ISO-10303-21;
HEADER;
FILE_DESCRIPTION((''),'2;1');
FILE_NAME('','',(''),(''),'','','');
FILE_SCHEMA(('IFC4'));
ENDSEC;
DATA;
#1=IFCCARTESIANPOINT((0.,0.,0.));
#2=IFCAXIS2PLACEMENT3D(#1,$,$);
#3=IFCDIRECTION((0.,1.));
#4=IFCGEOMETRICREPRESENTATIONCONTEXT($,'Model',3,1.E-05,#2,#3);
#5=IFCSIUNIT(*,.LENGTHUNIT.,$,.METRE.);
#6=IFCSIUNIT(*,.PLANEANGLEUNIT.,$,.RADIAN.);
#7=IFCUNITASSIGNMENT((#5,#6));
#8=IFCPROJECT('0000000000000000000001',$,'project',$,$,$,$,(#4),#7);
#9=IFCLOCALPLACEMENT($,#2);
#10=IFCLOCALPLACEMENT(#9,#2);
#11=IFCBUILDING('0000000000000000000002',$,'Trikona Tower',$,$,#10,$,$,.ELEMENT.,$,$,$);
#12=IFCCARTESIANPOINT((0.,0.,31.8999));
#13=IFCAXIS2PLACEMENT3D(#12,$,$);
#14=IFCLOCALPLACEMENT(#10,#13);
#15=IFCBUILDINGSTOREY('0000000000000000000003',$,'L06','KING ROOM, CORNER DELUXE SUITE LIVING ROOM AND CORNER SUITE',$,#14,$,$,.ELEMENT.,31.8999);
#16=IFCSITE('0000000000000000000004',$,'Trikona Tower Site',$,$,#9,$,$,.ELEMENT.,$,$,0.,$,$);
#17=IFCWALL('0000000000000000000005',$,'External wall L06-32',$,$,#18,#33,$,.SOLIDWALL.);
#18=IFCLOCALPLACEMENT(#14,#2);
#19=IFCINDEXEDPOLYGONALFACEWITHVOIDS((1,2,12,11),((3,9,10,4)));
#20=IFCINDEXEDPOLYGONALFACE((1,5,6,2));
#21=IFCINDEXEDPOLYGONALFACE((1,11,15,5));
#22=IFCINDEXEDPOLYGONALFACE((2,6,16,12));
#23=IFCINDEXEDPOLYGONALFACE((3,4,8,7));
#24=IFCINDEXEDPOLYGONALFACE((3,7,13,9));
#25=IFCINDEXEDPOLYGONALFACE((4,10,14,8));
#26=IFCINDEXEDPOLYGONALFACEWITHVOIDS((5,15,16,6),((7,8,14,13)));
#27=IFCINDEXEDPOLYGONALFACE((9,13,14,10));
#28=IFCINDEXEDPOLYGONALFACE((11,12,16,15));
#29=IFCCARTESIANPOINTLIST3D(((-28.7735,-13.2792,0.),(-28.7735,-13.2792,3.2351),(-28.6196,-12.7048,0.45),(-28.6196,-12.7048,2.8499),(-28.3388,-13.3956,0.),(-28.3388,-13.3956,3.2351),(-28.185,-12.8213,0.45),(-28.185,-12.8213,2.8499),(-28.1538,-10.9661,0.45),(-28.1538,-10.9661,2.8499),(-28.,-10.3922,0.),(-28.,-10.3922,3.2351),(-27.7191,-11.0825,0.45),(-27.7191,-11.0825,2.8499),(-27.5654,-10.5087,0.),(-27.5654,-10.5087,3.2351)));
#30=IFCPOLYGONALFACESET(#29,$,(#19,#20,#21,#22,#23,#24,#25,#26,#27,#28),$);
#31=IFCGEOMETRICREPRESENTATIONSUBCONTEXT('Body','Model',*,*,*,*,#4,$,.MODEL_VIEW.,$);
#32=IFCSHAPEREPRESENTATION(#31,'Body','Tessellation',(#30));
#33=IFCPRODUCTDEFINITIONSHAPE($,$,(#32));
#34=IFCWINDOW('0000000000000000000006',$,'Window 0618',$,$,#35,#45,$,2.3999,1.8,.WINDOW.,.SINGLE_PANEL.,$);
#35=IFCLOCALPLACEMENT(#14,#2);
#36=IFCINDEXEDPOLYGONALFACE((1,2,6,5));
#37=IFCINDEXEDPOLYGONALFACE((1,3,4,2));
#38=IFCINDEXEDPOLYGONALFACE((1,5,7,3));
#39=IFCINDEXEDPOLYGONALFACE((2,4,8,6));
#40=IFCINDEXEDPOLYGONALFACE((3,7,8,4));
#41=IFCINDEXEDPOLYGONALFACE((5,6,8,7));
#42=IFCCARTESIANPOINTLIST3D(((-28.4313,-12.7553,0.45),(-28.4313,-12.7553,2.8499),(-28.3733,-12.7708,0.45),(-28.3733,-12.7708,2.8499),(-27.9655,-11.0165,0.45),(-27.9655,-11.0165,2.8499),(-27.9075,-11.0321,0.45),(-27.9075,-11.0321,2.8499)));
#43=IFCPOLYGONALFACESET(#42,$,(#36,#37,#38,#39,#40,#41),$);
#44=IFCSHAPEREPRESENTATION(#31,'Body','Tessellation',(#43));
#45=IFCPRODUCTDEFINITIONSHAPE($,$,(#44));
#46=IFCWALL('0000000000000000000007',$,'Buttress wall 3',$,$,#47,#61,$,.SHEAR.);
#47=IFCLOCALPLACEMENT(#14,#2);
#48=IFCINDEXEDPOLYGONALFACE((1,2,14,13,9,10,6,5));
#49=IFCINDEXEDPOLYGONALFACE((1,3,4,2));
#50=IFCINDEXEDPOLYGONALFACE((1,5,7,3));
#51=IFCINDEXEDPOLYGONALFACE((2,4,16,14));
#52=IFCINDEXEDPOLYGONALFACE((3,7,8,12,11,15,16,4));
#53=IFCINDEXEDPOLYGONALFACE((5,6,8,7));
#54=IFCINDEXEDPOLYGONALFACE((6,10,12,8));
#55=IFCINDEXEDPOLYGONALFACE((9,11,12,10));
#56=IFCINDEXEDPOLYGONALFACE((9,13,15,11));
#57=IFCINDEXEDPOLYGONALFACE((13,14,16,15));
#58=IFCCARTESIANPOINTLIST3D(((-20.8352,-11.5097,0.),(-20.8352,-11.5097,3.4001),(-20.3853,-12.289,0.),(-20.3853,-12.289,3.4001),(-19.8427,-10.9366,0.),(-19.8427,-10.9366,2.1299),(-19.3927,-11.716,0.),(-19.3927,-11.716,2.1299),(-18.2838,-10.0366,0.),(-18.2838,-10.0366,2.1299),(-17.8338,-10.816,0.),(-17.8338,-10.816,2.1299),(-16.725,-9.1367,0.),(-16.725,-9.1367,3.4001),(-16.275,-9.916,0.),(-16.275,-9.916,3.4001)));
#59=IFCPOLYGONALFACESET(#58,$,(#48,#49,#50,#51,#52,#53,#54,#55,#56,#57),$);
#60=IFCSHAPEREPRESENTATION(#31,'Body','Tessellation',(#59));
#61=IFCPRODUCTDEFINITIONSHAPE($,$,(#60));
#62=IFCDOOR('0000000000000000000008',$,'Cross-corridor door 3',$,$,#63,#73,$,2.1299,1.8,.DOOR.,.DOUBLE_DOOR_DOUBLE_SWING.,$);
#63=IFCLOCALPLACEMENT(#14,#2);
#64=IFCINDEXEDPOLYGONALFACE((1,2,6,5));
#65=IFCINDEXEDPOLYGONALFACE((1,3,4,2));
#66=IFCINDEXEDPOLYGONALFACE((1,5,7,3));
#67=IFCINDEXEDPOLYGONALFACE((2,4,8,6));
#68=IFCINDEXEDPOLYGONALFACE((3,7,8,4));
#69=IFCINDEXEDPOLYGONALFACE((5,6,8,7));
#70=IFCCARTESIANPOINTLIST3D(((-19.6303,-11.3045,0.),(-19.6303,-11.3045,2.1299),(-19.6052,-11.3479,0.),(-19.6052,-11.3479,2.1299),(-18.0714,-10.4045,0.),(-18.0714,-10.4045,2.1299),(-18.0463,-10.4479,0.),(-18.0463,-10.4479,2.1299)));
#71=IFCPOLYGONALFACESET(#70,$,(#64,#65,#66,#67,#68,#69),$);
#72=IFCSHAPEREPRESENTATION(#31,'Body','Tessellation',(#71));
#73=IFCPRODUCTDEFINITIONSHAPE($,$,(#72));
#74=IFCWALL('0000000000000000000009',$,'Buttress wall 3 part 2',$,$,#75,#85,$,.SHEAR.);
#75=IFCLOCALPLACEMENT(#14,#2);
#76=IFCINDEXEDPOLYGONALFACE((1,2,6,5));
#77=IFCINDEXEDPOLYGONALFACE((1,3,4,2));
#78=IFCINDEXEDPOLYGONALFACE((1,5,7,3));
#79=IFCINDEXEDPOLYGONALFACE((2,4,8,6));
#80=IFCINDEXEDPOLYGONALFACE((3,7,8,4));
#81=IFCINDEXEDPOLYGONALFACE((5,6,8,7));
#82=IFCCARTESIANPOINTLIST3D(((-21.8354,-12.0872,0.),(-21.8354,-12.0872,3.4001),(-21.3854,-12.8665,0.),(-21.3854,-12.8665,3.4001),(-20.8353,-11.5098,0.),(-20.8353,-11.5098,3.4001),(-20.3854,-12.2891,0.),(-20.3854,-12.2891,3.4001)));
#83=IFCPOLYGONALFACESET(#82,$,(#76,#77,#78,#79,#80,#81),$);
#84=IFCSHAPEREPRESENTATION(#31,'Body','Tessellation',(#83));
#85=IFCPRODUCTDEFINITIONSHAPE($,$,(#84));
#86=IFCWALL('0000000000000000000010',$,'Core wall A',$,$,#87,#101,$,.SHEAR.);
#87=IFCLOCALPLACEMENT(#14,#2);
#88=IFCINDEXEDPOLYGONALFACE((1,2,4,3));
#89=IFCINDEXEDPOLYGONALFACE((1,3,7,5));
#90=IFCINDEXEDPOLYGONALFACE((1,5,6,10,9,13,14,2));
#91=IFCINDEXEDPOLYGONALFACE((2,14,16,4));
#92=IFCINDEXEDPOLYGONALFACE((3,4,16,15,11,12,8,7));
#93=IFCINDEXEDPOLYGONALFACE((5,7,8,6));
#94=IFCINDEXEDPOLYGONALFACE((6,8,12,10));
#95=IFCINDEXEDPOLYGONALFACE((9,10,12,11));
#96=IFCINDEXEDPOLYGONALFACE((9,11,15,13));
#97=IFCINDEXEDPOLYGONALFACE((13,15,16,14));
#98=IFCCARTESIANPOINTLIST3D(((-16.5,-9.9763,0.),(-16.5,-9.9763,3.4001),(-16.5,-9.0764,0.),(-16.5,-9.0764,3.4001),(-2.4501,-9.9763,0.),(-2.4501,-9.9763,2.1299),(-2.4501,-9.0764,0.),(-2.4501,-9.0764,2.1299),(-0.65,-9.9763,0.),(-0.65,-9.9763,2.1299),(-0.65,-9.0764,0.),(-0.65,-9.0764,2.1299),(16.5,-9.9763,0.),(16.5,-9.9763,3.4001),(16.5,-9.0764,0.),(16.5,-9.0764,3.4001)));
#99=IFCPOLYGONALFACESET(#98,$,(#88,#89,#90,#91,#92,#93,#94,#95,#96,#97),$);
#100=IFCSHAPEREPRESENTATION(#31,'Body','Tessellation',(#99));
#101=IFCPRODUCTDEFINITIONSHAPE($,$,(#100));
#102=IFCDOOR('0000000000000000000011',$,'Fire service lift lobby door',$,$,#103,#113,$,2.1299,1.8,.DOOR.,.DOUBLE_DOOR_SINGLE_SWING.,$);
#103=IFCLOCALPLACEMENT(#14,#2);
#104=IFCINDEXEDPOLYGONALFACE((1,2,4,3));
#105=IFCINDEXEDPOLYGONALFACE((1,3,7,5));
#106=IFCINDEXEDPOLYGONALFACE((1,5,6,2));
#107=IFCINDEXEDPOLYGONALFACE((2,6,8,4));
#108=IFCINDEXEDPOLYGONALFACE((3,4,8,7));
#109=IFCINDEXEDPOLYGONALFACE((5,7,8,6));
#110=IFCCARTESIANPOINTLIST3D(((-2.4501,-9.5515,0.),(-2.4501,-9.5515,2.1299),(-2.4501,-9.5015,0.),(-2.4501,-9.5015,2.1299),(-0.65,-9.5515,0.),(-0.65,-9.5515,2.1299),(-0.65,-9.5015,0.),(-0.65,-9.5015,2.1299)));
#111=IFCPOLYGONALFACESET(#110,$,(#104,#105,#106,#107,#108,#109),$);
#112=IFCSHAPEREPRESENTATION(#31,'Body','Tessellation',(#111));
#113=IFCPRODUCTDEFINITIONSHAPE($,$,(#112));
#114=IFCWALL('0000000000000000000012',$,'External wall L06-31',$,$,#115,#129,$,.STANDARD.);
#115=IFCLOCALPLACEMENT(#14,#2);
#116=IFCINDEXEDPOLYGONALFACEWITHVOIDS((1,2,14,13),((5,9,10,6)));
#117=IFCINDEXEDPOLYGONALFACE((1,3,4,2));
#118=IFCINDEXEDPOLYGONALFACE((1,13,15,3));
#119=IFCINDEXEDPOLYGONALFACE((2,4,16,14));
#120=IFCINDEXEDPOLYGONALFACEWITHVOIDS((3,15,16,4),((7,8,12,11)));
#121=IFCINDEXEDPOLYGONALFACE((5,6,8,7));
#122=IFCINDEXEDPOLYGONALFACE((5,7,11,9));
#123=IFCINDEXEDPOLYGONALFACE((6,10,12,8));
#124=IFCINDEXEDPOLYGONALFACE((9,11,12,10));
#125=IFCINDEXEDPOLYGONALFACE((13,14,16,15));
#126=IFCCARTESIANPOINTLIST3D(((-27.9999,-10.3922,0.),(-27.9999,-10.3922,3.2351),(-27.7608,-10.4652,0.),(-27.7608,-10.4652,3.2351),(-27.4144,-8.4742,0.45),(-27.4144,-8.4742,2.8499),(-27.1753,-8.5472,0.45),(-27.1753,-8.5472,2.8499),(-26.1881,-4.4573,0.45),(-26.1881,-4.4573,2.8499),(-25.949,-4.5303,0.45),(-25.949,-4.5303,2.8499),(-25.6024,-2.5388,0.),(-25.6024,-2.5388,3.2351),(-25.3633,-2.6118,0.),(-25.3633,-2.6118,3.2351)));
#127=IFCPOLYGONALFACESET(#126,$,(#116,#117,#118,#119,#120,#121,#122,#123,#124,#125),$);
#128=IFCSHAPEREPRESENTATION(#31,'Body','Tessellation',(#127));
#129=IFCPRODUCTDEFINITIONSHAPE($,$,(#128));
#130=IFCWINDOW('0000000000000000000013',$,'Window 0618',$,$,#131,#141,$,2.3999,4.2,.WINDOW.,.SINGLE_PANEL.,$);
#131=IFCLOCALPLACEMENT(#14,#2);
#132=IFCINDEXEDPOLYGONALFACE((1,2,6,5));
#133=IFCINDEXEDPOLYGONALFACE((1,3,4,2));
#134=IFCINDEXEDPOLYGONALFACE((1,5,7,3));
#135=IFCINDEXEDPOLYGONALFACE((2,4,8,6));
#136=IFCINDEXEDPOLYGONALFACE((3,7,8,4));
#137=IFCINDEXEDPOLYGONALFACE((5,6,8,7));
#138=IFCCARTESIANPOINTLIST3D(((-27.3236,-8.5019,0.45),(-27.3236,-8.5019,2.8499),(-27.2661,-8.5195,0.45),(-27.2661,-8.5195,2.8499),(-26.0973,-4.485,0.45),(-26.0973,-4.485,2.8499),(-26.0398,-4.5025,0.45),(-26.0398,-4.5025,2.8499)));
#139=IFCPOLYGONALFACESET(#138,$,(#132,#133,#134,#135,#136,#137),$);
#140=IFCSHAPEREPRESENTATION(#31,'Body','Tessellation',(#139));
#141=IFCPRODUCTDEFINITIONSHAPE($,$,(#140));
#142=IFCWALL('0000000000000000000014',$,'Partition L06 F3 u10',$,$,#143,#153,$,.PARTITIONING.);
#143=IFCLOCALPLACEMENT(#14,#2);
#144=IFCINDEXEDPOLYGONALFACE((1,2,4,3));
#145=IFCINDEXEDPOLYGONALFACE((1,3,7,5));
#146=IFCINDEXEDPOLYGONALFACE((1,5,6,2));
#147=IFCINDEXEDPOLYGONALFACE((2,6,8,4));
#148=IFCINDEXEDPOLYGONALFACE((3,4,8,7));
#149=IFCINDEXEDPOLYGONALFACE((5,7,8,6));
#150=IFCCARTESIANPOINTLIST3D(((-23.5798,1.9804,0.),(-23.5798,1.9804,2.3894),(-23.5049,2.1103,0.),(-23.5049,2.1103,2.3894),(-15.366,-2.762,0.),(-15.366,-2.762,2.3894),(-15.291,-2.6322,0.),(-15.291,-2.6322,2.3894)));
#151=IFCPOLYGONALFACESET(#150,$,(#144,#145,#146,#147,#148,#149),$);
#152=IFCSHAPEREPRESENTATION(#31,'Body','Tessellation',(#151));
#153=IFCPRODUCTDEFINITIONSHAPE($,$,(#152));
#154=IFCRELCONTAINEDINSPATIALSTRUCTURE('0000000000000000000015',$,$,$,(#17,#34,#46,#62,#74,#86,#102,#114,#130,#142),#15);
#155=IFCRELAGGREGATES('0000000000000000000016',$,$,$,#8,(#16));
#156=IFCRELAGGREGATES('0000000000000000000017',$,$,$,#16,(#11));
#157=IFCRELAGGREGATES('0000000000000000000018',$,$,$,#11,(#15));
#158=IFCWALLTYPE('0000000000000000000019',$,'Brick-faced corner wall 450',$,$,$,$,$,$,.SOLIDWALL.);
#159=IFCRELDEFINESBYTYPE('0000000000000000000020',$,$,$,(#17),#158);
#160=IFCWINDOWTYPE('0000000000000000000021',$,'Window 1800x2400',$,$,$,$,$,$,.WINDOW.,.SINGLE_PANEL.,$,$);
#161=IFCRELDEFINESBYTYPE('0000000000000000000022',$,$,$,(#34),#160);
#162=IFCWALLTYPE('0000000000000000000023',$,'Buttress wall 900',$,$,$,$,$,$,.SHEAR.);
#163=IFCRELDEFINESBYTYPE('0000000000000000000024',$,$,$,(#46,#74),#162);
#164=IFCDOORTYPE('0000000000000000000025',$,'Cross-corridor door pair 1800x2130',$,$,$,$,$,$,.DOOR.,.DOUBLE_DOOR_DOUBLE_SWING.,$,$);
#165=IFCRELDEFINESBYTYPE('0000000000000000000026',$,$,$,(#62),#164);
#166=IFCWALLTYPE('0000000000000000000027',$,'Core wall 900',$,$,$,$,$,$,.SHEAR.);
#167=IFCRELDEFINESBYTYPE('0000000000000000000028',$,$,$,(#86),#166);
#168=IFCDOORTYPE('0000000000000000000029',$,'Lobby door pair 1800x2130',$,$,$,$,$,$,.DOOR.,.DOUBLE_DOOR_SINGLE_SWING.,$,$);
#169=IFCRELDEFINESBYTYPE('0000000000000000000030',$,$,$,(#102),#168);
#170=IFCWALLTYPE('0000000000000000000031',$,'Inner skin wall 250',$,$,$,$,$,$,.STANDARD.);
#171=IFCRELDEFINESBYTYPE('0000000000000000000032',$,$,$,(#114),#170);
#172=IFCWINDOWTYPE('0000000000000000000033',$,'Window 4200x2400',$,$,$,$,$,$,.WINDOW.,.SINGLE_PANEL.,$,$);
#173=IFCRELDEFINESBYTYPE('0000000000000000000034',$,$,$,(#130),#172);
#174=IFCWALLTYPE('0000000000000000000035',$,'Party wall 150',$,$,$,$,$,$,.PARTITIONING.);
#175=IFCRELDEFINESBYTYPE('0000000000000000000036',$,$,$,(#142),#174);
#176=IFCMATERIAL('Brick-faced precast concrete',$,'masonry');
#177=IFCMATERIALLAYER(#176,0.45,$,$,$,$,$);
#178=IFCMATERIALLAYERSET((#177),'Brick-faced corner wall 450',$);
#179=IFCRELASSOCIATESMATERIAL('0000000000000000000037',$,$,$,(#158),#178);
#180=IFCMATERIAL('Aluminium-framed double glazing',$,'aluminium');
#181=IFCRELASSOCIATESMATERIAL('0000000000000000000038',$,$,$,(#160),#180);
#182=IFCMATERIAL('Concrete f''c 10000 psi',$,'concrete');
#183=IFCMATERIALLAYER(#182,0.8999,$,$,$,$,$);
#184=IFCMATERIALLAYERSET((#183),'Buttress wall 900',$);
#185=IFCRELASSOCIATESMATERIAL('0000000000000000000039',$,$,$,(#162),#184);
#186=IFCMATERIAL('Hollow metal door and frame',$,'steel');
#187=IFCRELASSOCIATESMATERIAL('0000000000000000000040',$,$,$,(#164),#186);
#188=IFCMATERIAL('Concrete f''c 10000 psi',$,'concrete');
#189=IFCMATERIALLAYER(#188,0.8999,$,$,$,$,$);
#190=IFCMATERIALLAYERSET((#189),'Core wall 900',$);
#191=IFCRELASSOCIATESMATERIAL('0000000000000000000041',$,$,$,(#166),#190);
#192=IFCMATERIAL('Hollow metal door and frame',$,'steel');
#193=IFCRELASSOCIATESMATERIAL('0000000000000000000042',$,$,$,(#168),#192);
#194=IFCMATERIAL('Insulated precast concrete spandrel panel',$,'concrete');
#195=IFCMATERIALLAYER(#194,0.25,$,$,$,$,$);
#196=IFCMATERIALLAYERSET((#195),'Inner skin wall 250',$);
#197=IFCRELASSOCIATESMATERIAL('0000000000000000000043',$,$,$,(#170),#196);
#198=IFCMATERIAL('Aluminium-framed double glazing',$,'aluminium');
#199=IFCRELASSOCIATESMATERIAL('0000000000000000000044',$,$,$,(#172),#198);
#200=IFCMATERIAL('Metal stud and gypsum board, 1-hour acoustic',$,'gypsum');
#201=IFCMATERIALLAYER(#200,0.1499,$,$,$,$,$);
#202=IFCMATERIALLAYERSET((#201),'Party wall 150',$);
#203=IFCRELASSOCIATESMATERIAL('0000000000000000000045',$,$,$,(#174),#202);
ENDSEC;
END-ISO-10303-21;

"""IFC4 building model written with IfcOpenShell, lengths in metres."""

from ifc_helpers import new_model, si_unit, direction, frame, frame_2d, origin, place, context, subcontext, project, spatial, rectangle, extrude, material, layer, layer_set, type_object, element, fill, save


model = new_model("IFC4")

# Units and contexts
model_context = context("Model", 3, precision=1e-05, world=origin(), true_north=direction((0.0, 1.0)))
body_context = subcontext(model_context, "Body", "Model", "MODEL_VIEW")
ifc_project = project(units=[si_unit("LENGTHUNIT", "METRE"), si_unit("PLANEANGLEUNIT", "RADIAN")], contexts=[model_context])

# Site, building, storey
site_placement = place(None, origin())
site = spatial("IfcSite", under=ifc_project, at=site_placement, Name="Trikona Tower Site", CompositionType="ELEMENT", RefElevation=0.0)
building_placement = place(site_placement, origin())
building = spatial("IfcBuilding", under=site, at=building_placement, Name="Trikona Tower", CompositionType="ELEMENT")
storey_placement = place(building_placement, frame((0.0, 0.0, 31.8999)))
storey = spatial("IfcBuildingStorey", under=building, at=storey_placement, Name="L06", Description="KING ROOM, CORNER DELUXE SUITE LIVING ROOM AND CORNER SUITE", CompositionType="ELEMENT", Elevation=31.8999)

# Wall, opening, window
ifc_material_1 = material(Name="Brick-faced precast concrete", Category="masonry")
ifc_layer_1 = layer(ifc_material_1, 0.45)
ifc_layer_set_1 = layer_set([ifc_layer_1], Name="Brick-faced corner wall 450")
wall_type_1 = type_object("IfcWallType", Name="Brick-faced corner wall 450", PredefinedType="SOLIDWALL", material=ifc_layer_set_1)
wall_1_placement = place(storey_placement, frame((-27.7827, -10.4504, 0.0), z_axis=(0.0, 0.0, 1.0), x_axis=(-0.258781, -0.965936, 0.0)))
wall_1 = element("IfcWall", 1, at=wall_1_placement, inside=storey, type_object=wall_type_1, Name="External wall L06-32", PredefinedType="SOLIDWALL", context=body_context, shape_type="SweptSolid", body=[
    extrude(rectangle(XDim=2.9888, YDim=0.45, at=frame_2d((1.4944, 0.0))), origin(), (0.0, 0.0, 1.0), 3.2351),
])
opening_1_placement = place(wall_1_placement, frame((0.5942, 0.0, 0.45)))
opening_1 = element("IfcOpeningElement", 2, at=opening_1_placement, cuts=wall_1, PredefinedType="OPENING", context=body_context, shape_type="SweptSolid", body=[
    extrude(rectangle(XDim=1.8, YDim=2.3999, at=frame_2d((0.8999, 1.2))), frame((0.0, 0.2349, 0.0), z_axis=(0.0, -1.0, 0.0), x_axis=(1.0, 0.0, 0.0)), (0.0, 0.0, 1.0), 0.47),
])
ifc_material_2 = material(Name="Aluminium-framed double glazing", Category="aluminium")
window_type_1 = type_object("IfcWindowType", Name="Window 1800x2400", PartitioningType="SINGLE_PANEL", PredefinedType="WINDOW", material=ifc_material_2)
window_1_placement = place(opening_1_placement, origin())
window_1 = element("IfcWindow", 3, at=window_1_placement, inside=storey, type_object=window_type_1, Name="Window 0618", OverallHeight=2.3999, OverallWidth=1.8, PartitioningType="SINGLE_PANEL", PredefinedType="WINDOW", context=body_context, shape_type="SweptSolid", body=[
    extrude(rectangle(XDim=1.8, YDim=2.3999, at=frame_2d((0.8999, 1.2))), frame((0.0, 0.03, 0.0), z_axis=(0.0, -1.0, 0.0), x_axis=(1.0, 0.0, 0.0)), (0.0, 0.0, 1.0), 0.0601),
])
fill(opening_1, window_1)

# Wall, opening, door
ifc_material_3 = material(Name="Concrete f'c 10000 psi", Category="concrete")
ifc_layer_2 = layer(ifc_material_3, 0.8999)
ifc_layer_set_2 = layer_set([ifc_layer_2], Name="Buttress wall 900")
wall_type_2 = type_object("IfcWallType", Name="Buttress wall 900", PredefinedType="SHEAR", material=ifc_layer_set_2)
wall_2_placement = place(storey_placement, frame((-16.5, -9.5264, 0.0), z_axis=(0.0, 0.0, 1.0), x_axis=(-0.866031, -0.49999, 0.0)))
wall_2 = element("IfcWall", 4, at=wall_2_placement, inside=storey, type_object=wall_type_2, Name="Buttress wall 3", PredefinedType="SHEAR", context=body_context, shape_type="SweptSolid", body=[
    extrude(rectangle(XDim=4.7461, YDim=0.8999, at=frame_2d((2.373, 0.0))), origin(), (0.0, 0.0, 1.0), 3.4001),
])
opening_2_placement = place(wall_2_placement, frame((1.8, 0.0, 0.0)))
opening_2 = element("IfcOpeningElement", 5, at=opening_2_placement, cuts=wall_2, PredefinedType="OPENING", context=body_context, shape_type="SweptSolid", body=[
    extrude(rectangle(XDim=1.8, YDim=2.1299, at=frame_2d((0.8999, 1.0649))), frame((0.0, 0.46, 0.0), z_axis=(0.0, -1.0, 0.0), x_axis=(1.0, 0.0, 0.0)), (0.0, 0.0, 1.0), 0.9199),
])
ifc_material_4 = material(Name="Hollow metal door and frame", Category="steel")
door_type_1 = type_object("IfcDoorType", Name="Cross-corridor door pair 1800x2130", OperationType="DOUBLE_DOOR_DOUBLE_SWING", PredefinedType="DOOR", material=ifc_material_4)
door_1_placement = place(opening_2_placement, origin())
door_1 = element("IfcDoor", 6, at=door_1_placement, inside=storey, type_object=door_type_1, Name="Cross-corridor door 3", OperationType="DOUBLE_DOOR_DOUBLE_SWING", OverallHeight=2.1299, OverallWidth=1.8, PredefinedType="DOOR", context=body_context, shape_type="SweptSolid", body=[
    extrude(rectangle(XDim=1.8, YDim=2.1299, at=frame_2d((0.8999, 1.0649))), frame((0.0, 0.0249, 0.0), z_axis=(0.0, -1.0, 0.0), x_axis=(1.0, 0.0, 0.0)), (0.0, 0.0, 1.0), 0.05),
])
fill(opening_2, door_1)

# Wall
wall_3_placement = place(storey_placement, frame((-20.6104, -11.8994, 0.0), z_axis=(0.0, 0.0, 1.0), x_axis=(-0.86601, -0.500027, 0.0)))
element("IfcWall", 7, at=wall_3_placement, inside=storey, type_object=wall_type_2, Name="Buttress wall 3 part 2", PredefinedType="SHEAR", context=body_context, shape_type="SweptSolid", body=[
    extrude(rectangle(XDim=1.1548, YDim=0.8999, at=frame_2d((0.5774, 0.0))), origin(), (0.0, 0.0, 1.0), 3.4001),
])

# Wall, opening, door
ifc_material_5 = material(Name="Concrete f'c 10000 psi", Category="concrete")
ifc_layer_3 = layer(ifc_material_5, 0.8999)
ifc_layer_set_3 = layer_set([ifc_layer_3], Name="Core wall 900")
wall_type_3 = type_object("IfcWallType", Name="Core wall 900", PredefinedType="SHEAR", material=ifc_layer_set_3)
wall_4_placement = place(storey_placement, frame((-16.5, -9.5264, 0.0), z_axis=(0.0, 0.0, 1.0), x_axis=(1.0, 0.0, 0.0)))
wall_4 = element("IfcWall", 8, at=wall_4_placement, inside=storey, type_object=wall_type_3, Name="Core wall A", PredefinedType="SHEAR", context=body_context, shape_type="SweptSolid", body=[
    extrude(rectangle(XDim=33.0, YDim=0.8999, at=frame_2d((16.5, 0.0))), origin(), (0.0, 0.0, 1.0), 3.4001),
])
opening_3_placement = place(wall_4_placement, frame((14.05, 0.0, 0.0)))
opening_3 = element("IfcOpeningElement", 9, at=opening_3_placement, cuts=wall_4, PredefinedType="OPENING", context=body_context, shape_type="SweptSolid", body=[
    extrude(rectangle(XDim=1.8, YDim=2.1299, at=frame_2d((0.8999, 1.0649))), frame((0.0, 0.46, 0.0), z_axis=(0.0, -1.0, 0.0), x_axis=(1.0, 0.0, 0.0)), (0.0, 0.0, 1.0), 0.9199),
])
ifc_material_6 = material(Name="Hollow metal door and frame", Category="steel")
door_type_2 = type_object("IfcDoorType", Name="Lobby door pair 1800x2130", OperationType="DOUBLE_DOOR_SINGLE_SWING", PredefinedType="DOOR", material=ifc_material_6)
door_2_placement = place(opening_3_placement, origin())
door_2 = element("IfcDoor", 10, at=door_2_placement, inside=storey, type_object=door_type_2, Name="Fire service lift lobby door", OperationType="DOUBLE_DOOR_SINGLE_SWING", OverallHeight=2.1299, OverallWidth=1.8, PredefinedType="DOOR", context=body_context, shape_type="SweptSolid", body=[
    extrude(rectangle(XDim=1.8, YDim=2.1299, at=frame_2d((0.8999, 1.0649))), frame((0.0, 0.0249, 0.0), z_axis=(0.0, -1.0, 0.0), x_axis=(1.0, 0.0, 0.0)), (0.0, 0.0, 1.0), 0.05),
])
fill(opening_3, door_2)

# Wall, opening, window
ifc_material_7 = material(Name="Insulated precast concrete spandrel panel", Category="concrete")
ifc_layer_4 = layer(ifc_material_7, 0.25)
ifc_layer_set_4 = layer_set([ifc_layer_4], Name="Inner skin wall 250")
wall_type_4 = type_object("IfcWallType", Name="Inner skin wall 250", PredefinedType="STANDARD", material=ifc_layer_set_4)
wall_5_placement = place(storey_placement, frame((-25.4829, -2.5754, 0.0), z_axis=(0.0, 0.0, 1.0), x_axis=(-0.291979, -0.956425, 0.0)))
wall_5 = element("IfcWall", 11, at=wall_5_placement, inside=storey, type_object=wall_type_4, Name="External wall L06-31", PredefinedType="STANDARD", context=body_context, shape_type="SweptSolid", body=[
    extrude(rectangle(XDim=8.2112, YDim=0.25, at=frame_2d((4.1055, 0.0))), origin(), (0.0, 0.0, 1.0), 3.2351),
])
opening_4_placement = place(wall_5_placement, frame((2.0056, 0.0, 0.45)))
opening_4 = element("IfcOpeningElement", 12, at=opening_4_placement, cuts=wall_5, PredefinedType="OPENING", context=body_context, shape_type="SweptSolid", body=[
    extrude(rectangle(XDim=4.2, YDim=2.3999, at=frame_2d((2.1001, 1.2))), frame((0.0, 0.135, 0.0), z_axis=(0.0, -1.0, 0.0), x_axis=(1.0, 0.0, 0.0)), (0.0, 0.0, 1.0), 0.27),
])
ifc_material_8 = material(Name="Aluminium-framed double glazing", Category="aluminium")
window_type_2 = type_object("IfcWindowType", Name="Window 4200x2400", PartitioningType="SINGLE_PANEL", PredefinedType="WINDOW", material=ifc_material_8)
window_2_placement = place(opening_4_placement, origin())
window_2 = element("IfcWindow", 13, at=window_2_placement, inside=storey, type_object=window_type_2, Name="Window 0618", OverallHeight=2.3999, OverallWidth=4.2, PartitioningType="SINGLE_PANEL", PredefinedType="WINDOW", context=body_context, shape_type="SweptSolid", body=[
    extrude(rectangle(XDim=4.2, YDim=2.3999, at=frame_2d((2.1001, 1.2))), frame((0.0, 0.03, 0.0), z_axis=(0.0, -1.0, 0.0), x_axis=(1.0, 0.0, 0.0)), (0.0, 0.0, 1.0), 0.0601),
])
fill(opening_4, window_2)

# Wall
ifc_material_9 = material(Name="Metal stud and gypsum board, 1-hour acoustic", Category="gypsum")
ifc_layer_5 = layer(ifc_material_9, 0.1499)
ifc_layer_set_5 = layer_set([ifc_layer_5], Name="Party wall 150")
wall_type_5 = type_object("IfcWallType", Name="Party wall 150", PredefinedType="PARTITIONING", material=ifc_layer_set_5)
wall_6_placement = place(storey_placement, frame((-15.3286, -2.697, 0.0), z_axis=(0.0, 0.0, 1.0), x_axis=(-0.866018, 0.500012, 0.0)))
element("IfcWall", 14, at=wall_6_placement, inside=storey, type_object=wall_type_5, Name="Partition L06 F3 u10", PredefinedType="PARTITIONING", context=body_context, shape_type="SweptSolid", body=[
    extrude(rectangle(XDim=9.4846, YDim=0.1499, at=frame_2d((4.7422, 0.0))), origin(), (0.0, 0.0, 1.0), 2.3894),
])

save(model, "model.ifc")
